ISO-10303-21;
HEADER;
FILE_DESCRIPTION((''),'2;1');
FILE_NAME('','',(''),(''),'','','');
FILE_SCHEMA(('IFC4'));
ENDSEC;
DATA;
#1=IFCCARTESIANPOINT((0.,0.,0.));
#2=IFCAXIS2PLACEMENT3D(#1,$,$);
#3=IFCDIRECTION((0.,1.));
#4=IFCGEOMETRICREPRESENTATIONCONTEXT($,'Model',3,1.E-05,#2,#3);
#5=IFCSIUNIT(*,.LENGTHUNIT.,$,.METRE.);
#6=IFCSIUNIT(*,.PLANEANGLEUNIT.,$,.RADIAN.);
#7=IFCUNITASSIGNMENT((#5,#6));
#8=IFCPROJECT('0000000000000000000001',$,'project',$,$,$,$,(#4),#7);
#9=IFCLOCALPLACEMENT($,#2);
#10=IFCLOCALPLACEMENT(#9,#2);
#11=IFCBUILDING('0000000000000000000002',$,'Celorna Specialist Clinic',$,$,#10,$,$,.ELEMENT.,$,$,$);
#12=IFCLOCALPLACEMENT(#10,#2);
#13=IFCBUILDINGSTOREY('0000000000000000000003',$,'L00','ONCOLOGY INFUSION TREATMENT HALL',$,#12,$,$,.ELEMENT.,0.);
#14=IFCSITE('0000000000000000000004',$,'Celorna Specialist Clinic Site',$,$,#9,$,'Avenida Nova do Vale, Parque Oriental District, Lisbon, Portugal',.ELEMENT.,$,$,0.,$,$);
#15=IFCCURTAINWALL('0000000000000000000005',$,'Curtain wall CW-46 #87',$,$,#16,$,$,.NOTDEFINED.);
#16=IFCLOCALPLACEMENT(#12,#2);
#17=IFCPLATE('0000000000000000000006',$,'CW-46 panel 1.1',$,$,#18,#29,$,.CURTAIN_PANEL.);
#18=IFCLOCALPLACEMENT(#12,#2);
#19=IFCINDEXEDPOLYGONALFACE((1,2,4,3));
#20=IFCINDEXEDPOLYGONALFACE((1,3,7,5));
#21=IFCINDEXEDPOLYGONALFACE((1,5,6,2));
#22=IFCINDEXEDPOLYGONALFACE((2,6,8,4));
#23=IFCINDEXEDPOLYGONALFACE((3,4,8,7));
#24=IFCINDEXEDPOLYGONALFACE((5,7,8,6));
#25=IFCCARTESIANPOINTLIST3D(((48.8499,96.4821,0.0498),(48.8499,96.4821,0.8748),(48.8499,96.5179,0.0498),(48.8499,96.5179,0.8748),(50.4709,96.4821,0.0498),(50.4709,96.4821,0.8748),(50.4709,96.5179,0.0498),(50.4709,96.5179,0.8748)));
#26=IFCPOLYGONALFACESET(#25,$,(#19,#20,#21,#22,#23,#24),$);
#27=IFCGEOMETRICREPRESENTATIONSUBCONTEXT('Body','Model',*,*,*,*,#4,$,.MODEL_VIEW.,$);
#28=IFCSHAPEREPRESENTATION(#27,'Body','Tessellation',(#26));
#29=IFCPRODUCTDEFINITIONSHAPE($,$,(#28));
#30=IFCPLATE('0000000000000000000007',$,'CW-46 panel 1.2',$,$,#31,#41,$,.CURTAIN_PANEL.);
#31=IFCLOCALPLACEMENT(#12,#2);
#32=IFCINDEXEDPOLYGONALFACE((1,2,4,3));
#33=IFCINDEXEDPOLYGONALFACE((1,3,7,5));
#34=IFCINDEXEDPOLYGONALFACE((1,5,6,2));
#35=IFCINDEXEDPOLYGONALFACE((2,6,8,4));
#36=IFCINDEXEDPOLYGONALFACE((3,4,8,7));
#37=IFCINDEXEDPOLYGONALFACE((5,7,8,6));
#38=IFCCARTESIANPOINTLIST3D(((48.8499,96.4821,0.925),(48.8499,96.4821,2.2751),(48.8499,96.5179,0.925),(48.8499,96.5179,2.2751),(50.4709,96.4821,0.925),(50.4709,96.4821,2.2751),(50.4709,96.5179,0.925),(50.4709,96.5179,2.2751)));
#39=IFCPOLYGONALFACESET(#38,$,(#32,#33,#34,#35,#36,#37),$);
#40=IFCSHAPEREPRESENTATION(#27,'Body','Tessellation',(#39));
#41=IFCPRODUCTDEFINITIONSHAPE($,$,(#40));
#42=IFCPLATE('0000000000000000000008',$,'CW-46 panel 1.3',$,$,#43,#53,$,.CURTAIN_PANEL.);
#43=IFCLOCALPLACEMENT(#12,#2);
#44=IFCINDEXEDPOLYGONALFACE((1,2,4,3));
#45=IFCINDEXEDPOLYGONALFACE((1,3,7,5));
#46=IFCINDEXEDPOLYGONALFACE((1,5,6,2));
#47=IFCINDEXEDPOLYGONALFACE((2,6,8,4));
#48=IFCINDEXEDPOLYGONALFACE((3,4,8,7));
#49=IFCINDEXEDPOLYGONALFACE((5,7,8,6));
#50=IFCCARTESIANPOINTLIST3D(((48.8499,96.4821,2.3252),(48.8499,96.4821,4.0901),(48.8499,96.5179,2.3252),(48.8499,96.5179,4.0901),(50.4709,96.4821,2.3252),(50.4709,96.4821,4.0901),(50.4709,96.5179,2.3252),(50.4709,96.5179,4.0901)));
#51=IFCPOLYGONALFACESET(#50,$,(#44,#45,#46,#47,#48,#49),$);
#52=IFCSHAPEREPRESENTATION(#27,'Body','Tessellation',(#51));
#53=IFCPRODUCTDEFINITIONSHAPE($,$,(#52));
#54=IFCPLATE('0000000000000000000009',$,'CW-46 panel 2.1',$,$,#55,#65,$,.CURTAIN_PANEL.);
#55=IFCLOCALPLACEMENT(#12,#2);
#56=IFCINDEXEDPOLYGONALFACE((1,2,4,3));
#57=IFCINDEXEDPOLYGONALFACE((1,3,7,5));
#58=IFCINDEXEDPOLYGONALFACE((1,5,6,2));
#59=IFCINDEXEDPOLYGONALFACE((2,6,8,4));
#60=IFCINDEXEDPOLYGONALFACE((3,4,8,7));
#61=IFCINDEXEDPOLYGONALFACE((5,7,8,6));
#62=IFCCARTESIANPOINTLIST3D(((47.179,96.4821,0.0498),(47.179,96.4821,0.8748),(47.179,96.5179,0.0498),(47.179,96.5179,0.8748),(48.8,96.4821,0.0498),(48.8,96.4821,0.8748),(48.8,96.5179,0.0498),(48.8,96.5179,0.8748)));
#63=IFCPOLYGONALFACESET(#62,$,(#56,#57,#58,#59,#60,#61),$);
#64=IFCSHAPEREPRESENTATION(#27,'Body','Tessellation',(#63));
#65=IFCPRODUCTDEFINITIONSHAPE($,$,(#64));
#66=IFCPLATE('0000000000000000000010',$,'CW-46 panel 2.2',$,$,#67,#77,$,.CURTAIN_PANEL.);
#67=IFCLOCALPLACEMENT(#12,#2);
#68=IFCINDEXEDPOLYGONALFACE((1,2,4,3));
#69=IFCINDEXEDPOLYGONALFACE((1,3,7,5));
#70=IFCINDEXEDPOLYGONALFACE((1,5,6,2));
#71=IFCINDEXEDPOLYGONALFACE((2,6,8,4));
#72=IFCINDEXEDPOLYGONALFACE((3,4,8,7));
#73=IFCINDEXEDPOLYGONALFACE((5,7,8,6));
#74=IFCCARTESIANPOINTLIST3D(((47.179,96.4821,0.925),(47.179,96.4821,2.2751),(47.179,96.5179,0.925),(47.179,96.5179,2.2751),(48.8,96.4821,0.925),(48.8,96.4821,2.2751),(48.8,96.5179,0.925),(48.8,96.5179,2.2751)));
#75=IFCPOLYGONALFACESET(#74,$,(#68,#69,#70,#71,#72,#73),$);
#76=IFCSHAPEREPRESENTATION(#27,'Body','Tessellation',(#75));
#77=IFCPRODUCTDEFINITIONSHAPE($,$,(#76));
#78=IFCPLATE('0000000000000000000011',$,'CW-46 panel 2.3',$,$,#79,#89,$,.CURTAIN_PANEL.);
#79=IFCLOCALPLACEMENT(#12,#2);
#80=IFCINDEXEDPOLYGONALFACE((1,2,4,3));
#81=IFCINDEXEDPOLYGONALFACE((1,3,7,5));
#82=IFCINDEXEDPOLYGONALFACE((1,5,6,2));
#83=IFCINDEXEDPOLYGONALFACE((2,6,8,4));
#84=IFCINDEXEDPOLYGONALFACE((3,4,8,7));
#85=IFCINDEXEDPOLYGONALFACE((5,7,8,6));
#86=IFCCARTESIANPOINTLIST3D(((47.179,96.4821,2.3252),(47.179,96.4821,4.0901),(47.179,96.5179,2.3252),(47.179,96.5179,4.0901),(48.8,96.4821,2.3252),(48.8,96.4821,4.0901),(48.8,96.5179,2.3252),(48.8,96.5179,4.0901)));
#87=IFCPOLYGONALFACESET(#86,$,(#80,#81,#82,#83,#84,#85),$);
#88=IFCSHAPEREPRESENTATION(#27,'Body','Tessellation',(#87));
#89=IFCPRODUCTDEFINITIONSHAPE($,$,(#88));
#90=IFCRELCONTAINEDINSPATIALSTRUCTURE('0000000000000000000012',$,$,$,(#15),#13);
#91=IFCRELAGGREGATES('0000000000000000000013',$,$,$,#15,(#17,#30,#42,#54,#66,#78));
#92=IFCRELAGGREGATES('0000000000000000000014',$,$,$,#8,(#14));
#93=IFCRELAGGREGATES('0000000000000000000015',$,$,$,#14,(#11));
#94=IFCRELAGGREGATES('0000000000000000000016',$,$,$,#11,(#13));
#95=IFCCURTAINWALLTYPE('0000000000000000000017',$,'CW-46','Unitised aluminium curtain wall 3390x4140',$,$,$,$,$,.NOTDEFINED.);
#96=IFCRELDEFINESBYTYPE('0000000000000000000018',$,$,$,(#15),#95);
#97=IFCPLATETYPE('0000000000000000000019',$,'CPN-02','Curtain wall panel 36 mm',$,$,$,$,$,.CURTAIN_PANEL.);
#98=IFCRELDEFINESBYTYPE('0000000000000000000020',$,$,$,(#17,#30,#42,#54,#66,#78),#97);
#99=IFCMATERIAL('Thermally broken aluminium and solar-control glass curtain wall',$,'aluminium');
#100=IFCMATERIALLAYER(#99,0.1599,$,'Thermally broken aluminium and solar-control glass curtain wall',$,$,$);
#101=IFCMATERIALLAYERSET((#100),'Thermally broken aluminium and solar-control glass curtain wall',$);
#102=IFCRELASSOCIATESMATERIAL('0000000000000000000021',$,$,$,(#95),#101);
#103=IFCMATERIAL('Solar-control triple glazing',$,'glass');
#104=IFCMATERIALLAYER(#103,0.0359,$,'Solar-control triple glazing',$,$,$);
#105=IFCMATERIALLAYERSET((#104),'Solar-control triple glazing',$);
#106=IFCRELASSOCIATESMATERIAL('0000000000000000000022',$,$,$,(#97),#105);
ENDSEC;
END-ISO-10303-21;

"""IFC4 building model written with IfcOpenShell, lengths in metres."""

from ifc_helpers import new_model, si_unit, direction, frame, origin, origin_2d, place, context, subcontext, project, spatial, rectangle, extrude, material, layer, layer_set, type_object, element, aggregate, save


model = new_model("IFC4")

# Units and contexts
model_context = context("Model", 3, precision=1e-05, world=origin(), true_north=direction((0.0, 1.0)))
body_context = subcontext(model_context, "Body", "Model", "MODEL_VIEW")
ifc_project = project(units=[si_unit("LENGTHUNIT", "METRE"), si_unit("PLANEANGLEUNIT", "RADIAN")], contexts=[model_context])

# Site, building, storey
site_placement = place(None, origin())
site = spatial("IfcSite", under=ifc_project, at=site_placement, Name="Celorna Specialist Clinic Site", LongName="Avenida Nova do Vale, Parque Oriental District, Lisbon, Portugal", CompositionType="ELEMENT", RefElevation=0.0)
building_placement = place(site_placement, origin())
building = spatial("IfcBuilding", under=site, at=building_placement, Name="Celorna Specialist Clinic", CompositionType="ELEMENT")
storey_placement = place(building_placement, origin())
storey = spatial("IfcBuildingStorey", under=building, at=storey_placement, Name="L00", Description="ONCOLOGY INFUSION TREATMENT HALL", CompositionType="ELEMENT", Elevation=0.0)

# Curtain wall
ifc_material_1 = material(Name="Thermally broken aluminium and solar-control glass curtain wall", Category="aluminium")
ifc_layer_1 = layer(ifc_material_1, 0.1599, Name="Thermally broken aluminium and solar-control glass curtain wall")
ifc_layer_set_1 = layer_set([ifc_layer_1], Name="Thermally broken aluminium and solar-control glass curtain wall")
curtain_wall_type_1 = type_object("IfcCurtainWallType", Name="CW-46", Description="Unitised aluminium curtain wall 3390x4140", PredefinedType="NOTDEFINED", material=ifc_layer_set_1)
curtain_wall_1_placement = place(storey_placement, origin())
curtain_wall_1 = element("IfcCurtainWall", 1, at=curtain_wall_1_placement, inside=storey, type_object=curtain_wall_type_1, Name="Curtain wall CW-46 #87", PredefinedType="NOTDEFINED")

# Plates
ifc_material_2 = material(Name="Solar-control triple glazing", Category="glass")
ifc_layer_2 = layer(ifc_material_2, 0.0359, Name="Solar-control triple glazing")
ifc_layer_set_2 = layer_set([ifc_layer_2], Name="Solar-control triple glazing")
plate_type_1 = type_object("IfcPlateType", Name="CPN-02", Description="Curtain wall panel 36 mm", PredefinedType="CURTAIN_PANEL", material=ifc_layer_set_2)
plate_1_placement = place(storey_placement, frame((49.6604, 96.5, 0.0498), z_axis=(0.0, 0.0, 1.0), x_axis=(-1.0, 0.0, 0.0)))
plate_1 = element("IfcPlate", 2, at=plate_1_placement, type_object=plate_type_1, Name="CW-46 panel 1.1", PredefinedType="CURTAIN_PANEL", context=body_context, shape_type="SweptSolid", body=[
    extrude(rectangle(XDim=1.6211, YDim=0.0359, at=origin_2d()), origin(), (0.0, 0.0, 1.0), 0.825),
])
plate_2_placement = place(storey_placement, frame((49.6604, 96.5, 0.925), z_axis=(0.0, 0.0, 1.0), x_axis=(-1.0, 0.0, 0.0)))
plate_2 = element("IfcPlate", 3, at=plate_2_placement, type_object=plate_type_1, Name="CW-46 panel 1.2", PredefinedType="CURTAIN_PANEL", context=body_context, shape_type="SweptSolid", body=[
    extrude(rectangle(XDim=1.6211, YDim=0.0359, at=origin_2d()), origin(), (0.0, 0.0, 1.0), 1.3501),
])
plate_3_placement = place(storey_placement, frame((49.6604, 96.5, 2.3252), z_axis=(0.0, 0.0, 1.0), x_axis=(-1.0, 0.0, 0.0)))
plate_3 = element("IfcPlate", 4, at=plate_3_placement, type_object=plate_type_1, Name="CW-46 panel 1.3", PredefinedType="CURTAIN_PANEL", context=body_context, shape_type="SweptSolid", body=[
    extrude(rectangle(XDim=1.6211, YDim=0.0359, at=origin_2d()), origin(), (0.0, 0.0, 1.0), 1.7649),
])
plate_4_placement = place(storey_placement, frame((47.9895, 96.5, 0.0498), z_axis=(0.0, 0.0, 1.0), x_axis=(-1.0, 0.0, 0.0)))
plate_4 = element("IfcPlate", 5, at=plate_4_placement, type_object=plate_type_1, Name="CW-46 panel 2.1", PredefinedType="CURTAIN_PANEL", context=body_context, shape_type="SweptSolid", body=[
    extrude(rectangle(XDim=1.6211, YDim=0.0359, at=origin_2d()), origin(), (0.0, 0.0, 1.0), 0.825),
])
plate_5_placement = place(storey_placement, frame((47.9895, 96.5, 0.925), z_axis=(0.0, 0.0, 1.0), x_axis=(-1.0, 0.0, 0.0)))
plate_5 = element("IfcPlate", 6, at=plate_5_placement, type_object=plate_type_1, Name="CW-46 panel 2.2", PredefinedType="CURTAIN_PANEL", context=body_context, shape_type="SweptSolid", body=[
    extrude(rectangle(XDim=1.6211, YDim=0.0359, at=origin_2d()), origin(), (0.0, 0.0, 1.0), 1.3501),
])
plate_6_placement = place(storey_placement, frame((47.9895, 96.5, 2.3252), z_axis=(0.0, 0.0, 1.0), x_axis=(-1.0, 0.0, 0.0)))
plate_6 = element("IfcPlate", 7, at=plate_6_placement, type_object=plate_type_1, Name="CW-46 panel 2.3", PredefinedType="CURTAIN_PANEL", context=body_context, shape_type="SweptSolid", body=[
    extrude(rectangle(XDim=1.6211, YDim=0.0359, at=origin_2d()), origin(), (0.0, 0.0, 1.0), 1.7649),
])
aggregate(curtain_wall_1, [plate_1, plate_2, plate_3, plate_4, plate_5, plate_6])

save(model, "model.ifc")
